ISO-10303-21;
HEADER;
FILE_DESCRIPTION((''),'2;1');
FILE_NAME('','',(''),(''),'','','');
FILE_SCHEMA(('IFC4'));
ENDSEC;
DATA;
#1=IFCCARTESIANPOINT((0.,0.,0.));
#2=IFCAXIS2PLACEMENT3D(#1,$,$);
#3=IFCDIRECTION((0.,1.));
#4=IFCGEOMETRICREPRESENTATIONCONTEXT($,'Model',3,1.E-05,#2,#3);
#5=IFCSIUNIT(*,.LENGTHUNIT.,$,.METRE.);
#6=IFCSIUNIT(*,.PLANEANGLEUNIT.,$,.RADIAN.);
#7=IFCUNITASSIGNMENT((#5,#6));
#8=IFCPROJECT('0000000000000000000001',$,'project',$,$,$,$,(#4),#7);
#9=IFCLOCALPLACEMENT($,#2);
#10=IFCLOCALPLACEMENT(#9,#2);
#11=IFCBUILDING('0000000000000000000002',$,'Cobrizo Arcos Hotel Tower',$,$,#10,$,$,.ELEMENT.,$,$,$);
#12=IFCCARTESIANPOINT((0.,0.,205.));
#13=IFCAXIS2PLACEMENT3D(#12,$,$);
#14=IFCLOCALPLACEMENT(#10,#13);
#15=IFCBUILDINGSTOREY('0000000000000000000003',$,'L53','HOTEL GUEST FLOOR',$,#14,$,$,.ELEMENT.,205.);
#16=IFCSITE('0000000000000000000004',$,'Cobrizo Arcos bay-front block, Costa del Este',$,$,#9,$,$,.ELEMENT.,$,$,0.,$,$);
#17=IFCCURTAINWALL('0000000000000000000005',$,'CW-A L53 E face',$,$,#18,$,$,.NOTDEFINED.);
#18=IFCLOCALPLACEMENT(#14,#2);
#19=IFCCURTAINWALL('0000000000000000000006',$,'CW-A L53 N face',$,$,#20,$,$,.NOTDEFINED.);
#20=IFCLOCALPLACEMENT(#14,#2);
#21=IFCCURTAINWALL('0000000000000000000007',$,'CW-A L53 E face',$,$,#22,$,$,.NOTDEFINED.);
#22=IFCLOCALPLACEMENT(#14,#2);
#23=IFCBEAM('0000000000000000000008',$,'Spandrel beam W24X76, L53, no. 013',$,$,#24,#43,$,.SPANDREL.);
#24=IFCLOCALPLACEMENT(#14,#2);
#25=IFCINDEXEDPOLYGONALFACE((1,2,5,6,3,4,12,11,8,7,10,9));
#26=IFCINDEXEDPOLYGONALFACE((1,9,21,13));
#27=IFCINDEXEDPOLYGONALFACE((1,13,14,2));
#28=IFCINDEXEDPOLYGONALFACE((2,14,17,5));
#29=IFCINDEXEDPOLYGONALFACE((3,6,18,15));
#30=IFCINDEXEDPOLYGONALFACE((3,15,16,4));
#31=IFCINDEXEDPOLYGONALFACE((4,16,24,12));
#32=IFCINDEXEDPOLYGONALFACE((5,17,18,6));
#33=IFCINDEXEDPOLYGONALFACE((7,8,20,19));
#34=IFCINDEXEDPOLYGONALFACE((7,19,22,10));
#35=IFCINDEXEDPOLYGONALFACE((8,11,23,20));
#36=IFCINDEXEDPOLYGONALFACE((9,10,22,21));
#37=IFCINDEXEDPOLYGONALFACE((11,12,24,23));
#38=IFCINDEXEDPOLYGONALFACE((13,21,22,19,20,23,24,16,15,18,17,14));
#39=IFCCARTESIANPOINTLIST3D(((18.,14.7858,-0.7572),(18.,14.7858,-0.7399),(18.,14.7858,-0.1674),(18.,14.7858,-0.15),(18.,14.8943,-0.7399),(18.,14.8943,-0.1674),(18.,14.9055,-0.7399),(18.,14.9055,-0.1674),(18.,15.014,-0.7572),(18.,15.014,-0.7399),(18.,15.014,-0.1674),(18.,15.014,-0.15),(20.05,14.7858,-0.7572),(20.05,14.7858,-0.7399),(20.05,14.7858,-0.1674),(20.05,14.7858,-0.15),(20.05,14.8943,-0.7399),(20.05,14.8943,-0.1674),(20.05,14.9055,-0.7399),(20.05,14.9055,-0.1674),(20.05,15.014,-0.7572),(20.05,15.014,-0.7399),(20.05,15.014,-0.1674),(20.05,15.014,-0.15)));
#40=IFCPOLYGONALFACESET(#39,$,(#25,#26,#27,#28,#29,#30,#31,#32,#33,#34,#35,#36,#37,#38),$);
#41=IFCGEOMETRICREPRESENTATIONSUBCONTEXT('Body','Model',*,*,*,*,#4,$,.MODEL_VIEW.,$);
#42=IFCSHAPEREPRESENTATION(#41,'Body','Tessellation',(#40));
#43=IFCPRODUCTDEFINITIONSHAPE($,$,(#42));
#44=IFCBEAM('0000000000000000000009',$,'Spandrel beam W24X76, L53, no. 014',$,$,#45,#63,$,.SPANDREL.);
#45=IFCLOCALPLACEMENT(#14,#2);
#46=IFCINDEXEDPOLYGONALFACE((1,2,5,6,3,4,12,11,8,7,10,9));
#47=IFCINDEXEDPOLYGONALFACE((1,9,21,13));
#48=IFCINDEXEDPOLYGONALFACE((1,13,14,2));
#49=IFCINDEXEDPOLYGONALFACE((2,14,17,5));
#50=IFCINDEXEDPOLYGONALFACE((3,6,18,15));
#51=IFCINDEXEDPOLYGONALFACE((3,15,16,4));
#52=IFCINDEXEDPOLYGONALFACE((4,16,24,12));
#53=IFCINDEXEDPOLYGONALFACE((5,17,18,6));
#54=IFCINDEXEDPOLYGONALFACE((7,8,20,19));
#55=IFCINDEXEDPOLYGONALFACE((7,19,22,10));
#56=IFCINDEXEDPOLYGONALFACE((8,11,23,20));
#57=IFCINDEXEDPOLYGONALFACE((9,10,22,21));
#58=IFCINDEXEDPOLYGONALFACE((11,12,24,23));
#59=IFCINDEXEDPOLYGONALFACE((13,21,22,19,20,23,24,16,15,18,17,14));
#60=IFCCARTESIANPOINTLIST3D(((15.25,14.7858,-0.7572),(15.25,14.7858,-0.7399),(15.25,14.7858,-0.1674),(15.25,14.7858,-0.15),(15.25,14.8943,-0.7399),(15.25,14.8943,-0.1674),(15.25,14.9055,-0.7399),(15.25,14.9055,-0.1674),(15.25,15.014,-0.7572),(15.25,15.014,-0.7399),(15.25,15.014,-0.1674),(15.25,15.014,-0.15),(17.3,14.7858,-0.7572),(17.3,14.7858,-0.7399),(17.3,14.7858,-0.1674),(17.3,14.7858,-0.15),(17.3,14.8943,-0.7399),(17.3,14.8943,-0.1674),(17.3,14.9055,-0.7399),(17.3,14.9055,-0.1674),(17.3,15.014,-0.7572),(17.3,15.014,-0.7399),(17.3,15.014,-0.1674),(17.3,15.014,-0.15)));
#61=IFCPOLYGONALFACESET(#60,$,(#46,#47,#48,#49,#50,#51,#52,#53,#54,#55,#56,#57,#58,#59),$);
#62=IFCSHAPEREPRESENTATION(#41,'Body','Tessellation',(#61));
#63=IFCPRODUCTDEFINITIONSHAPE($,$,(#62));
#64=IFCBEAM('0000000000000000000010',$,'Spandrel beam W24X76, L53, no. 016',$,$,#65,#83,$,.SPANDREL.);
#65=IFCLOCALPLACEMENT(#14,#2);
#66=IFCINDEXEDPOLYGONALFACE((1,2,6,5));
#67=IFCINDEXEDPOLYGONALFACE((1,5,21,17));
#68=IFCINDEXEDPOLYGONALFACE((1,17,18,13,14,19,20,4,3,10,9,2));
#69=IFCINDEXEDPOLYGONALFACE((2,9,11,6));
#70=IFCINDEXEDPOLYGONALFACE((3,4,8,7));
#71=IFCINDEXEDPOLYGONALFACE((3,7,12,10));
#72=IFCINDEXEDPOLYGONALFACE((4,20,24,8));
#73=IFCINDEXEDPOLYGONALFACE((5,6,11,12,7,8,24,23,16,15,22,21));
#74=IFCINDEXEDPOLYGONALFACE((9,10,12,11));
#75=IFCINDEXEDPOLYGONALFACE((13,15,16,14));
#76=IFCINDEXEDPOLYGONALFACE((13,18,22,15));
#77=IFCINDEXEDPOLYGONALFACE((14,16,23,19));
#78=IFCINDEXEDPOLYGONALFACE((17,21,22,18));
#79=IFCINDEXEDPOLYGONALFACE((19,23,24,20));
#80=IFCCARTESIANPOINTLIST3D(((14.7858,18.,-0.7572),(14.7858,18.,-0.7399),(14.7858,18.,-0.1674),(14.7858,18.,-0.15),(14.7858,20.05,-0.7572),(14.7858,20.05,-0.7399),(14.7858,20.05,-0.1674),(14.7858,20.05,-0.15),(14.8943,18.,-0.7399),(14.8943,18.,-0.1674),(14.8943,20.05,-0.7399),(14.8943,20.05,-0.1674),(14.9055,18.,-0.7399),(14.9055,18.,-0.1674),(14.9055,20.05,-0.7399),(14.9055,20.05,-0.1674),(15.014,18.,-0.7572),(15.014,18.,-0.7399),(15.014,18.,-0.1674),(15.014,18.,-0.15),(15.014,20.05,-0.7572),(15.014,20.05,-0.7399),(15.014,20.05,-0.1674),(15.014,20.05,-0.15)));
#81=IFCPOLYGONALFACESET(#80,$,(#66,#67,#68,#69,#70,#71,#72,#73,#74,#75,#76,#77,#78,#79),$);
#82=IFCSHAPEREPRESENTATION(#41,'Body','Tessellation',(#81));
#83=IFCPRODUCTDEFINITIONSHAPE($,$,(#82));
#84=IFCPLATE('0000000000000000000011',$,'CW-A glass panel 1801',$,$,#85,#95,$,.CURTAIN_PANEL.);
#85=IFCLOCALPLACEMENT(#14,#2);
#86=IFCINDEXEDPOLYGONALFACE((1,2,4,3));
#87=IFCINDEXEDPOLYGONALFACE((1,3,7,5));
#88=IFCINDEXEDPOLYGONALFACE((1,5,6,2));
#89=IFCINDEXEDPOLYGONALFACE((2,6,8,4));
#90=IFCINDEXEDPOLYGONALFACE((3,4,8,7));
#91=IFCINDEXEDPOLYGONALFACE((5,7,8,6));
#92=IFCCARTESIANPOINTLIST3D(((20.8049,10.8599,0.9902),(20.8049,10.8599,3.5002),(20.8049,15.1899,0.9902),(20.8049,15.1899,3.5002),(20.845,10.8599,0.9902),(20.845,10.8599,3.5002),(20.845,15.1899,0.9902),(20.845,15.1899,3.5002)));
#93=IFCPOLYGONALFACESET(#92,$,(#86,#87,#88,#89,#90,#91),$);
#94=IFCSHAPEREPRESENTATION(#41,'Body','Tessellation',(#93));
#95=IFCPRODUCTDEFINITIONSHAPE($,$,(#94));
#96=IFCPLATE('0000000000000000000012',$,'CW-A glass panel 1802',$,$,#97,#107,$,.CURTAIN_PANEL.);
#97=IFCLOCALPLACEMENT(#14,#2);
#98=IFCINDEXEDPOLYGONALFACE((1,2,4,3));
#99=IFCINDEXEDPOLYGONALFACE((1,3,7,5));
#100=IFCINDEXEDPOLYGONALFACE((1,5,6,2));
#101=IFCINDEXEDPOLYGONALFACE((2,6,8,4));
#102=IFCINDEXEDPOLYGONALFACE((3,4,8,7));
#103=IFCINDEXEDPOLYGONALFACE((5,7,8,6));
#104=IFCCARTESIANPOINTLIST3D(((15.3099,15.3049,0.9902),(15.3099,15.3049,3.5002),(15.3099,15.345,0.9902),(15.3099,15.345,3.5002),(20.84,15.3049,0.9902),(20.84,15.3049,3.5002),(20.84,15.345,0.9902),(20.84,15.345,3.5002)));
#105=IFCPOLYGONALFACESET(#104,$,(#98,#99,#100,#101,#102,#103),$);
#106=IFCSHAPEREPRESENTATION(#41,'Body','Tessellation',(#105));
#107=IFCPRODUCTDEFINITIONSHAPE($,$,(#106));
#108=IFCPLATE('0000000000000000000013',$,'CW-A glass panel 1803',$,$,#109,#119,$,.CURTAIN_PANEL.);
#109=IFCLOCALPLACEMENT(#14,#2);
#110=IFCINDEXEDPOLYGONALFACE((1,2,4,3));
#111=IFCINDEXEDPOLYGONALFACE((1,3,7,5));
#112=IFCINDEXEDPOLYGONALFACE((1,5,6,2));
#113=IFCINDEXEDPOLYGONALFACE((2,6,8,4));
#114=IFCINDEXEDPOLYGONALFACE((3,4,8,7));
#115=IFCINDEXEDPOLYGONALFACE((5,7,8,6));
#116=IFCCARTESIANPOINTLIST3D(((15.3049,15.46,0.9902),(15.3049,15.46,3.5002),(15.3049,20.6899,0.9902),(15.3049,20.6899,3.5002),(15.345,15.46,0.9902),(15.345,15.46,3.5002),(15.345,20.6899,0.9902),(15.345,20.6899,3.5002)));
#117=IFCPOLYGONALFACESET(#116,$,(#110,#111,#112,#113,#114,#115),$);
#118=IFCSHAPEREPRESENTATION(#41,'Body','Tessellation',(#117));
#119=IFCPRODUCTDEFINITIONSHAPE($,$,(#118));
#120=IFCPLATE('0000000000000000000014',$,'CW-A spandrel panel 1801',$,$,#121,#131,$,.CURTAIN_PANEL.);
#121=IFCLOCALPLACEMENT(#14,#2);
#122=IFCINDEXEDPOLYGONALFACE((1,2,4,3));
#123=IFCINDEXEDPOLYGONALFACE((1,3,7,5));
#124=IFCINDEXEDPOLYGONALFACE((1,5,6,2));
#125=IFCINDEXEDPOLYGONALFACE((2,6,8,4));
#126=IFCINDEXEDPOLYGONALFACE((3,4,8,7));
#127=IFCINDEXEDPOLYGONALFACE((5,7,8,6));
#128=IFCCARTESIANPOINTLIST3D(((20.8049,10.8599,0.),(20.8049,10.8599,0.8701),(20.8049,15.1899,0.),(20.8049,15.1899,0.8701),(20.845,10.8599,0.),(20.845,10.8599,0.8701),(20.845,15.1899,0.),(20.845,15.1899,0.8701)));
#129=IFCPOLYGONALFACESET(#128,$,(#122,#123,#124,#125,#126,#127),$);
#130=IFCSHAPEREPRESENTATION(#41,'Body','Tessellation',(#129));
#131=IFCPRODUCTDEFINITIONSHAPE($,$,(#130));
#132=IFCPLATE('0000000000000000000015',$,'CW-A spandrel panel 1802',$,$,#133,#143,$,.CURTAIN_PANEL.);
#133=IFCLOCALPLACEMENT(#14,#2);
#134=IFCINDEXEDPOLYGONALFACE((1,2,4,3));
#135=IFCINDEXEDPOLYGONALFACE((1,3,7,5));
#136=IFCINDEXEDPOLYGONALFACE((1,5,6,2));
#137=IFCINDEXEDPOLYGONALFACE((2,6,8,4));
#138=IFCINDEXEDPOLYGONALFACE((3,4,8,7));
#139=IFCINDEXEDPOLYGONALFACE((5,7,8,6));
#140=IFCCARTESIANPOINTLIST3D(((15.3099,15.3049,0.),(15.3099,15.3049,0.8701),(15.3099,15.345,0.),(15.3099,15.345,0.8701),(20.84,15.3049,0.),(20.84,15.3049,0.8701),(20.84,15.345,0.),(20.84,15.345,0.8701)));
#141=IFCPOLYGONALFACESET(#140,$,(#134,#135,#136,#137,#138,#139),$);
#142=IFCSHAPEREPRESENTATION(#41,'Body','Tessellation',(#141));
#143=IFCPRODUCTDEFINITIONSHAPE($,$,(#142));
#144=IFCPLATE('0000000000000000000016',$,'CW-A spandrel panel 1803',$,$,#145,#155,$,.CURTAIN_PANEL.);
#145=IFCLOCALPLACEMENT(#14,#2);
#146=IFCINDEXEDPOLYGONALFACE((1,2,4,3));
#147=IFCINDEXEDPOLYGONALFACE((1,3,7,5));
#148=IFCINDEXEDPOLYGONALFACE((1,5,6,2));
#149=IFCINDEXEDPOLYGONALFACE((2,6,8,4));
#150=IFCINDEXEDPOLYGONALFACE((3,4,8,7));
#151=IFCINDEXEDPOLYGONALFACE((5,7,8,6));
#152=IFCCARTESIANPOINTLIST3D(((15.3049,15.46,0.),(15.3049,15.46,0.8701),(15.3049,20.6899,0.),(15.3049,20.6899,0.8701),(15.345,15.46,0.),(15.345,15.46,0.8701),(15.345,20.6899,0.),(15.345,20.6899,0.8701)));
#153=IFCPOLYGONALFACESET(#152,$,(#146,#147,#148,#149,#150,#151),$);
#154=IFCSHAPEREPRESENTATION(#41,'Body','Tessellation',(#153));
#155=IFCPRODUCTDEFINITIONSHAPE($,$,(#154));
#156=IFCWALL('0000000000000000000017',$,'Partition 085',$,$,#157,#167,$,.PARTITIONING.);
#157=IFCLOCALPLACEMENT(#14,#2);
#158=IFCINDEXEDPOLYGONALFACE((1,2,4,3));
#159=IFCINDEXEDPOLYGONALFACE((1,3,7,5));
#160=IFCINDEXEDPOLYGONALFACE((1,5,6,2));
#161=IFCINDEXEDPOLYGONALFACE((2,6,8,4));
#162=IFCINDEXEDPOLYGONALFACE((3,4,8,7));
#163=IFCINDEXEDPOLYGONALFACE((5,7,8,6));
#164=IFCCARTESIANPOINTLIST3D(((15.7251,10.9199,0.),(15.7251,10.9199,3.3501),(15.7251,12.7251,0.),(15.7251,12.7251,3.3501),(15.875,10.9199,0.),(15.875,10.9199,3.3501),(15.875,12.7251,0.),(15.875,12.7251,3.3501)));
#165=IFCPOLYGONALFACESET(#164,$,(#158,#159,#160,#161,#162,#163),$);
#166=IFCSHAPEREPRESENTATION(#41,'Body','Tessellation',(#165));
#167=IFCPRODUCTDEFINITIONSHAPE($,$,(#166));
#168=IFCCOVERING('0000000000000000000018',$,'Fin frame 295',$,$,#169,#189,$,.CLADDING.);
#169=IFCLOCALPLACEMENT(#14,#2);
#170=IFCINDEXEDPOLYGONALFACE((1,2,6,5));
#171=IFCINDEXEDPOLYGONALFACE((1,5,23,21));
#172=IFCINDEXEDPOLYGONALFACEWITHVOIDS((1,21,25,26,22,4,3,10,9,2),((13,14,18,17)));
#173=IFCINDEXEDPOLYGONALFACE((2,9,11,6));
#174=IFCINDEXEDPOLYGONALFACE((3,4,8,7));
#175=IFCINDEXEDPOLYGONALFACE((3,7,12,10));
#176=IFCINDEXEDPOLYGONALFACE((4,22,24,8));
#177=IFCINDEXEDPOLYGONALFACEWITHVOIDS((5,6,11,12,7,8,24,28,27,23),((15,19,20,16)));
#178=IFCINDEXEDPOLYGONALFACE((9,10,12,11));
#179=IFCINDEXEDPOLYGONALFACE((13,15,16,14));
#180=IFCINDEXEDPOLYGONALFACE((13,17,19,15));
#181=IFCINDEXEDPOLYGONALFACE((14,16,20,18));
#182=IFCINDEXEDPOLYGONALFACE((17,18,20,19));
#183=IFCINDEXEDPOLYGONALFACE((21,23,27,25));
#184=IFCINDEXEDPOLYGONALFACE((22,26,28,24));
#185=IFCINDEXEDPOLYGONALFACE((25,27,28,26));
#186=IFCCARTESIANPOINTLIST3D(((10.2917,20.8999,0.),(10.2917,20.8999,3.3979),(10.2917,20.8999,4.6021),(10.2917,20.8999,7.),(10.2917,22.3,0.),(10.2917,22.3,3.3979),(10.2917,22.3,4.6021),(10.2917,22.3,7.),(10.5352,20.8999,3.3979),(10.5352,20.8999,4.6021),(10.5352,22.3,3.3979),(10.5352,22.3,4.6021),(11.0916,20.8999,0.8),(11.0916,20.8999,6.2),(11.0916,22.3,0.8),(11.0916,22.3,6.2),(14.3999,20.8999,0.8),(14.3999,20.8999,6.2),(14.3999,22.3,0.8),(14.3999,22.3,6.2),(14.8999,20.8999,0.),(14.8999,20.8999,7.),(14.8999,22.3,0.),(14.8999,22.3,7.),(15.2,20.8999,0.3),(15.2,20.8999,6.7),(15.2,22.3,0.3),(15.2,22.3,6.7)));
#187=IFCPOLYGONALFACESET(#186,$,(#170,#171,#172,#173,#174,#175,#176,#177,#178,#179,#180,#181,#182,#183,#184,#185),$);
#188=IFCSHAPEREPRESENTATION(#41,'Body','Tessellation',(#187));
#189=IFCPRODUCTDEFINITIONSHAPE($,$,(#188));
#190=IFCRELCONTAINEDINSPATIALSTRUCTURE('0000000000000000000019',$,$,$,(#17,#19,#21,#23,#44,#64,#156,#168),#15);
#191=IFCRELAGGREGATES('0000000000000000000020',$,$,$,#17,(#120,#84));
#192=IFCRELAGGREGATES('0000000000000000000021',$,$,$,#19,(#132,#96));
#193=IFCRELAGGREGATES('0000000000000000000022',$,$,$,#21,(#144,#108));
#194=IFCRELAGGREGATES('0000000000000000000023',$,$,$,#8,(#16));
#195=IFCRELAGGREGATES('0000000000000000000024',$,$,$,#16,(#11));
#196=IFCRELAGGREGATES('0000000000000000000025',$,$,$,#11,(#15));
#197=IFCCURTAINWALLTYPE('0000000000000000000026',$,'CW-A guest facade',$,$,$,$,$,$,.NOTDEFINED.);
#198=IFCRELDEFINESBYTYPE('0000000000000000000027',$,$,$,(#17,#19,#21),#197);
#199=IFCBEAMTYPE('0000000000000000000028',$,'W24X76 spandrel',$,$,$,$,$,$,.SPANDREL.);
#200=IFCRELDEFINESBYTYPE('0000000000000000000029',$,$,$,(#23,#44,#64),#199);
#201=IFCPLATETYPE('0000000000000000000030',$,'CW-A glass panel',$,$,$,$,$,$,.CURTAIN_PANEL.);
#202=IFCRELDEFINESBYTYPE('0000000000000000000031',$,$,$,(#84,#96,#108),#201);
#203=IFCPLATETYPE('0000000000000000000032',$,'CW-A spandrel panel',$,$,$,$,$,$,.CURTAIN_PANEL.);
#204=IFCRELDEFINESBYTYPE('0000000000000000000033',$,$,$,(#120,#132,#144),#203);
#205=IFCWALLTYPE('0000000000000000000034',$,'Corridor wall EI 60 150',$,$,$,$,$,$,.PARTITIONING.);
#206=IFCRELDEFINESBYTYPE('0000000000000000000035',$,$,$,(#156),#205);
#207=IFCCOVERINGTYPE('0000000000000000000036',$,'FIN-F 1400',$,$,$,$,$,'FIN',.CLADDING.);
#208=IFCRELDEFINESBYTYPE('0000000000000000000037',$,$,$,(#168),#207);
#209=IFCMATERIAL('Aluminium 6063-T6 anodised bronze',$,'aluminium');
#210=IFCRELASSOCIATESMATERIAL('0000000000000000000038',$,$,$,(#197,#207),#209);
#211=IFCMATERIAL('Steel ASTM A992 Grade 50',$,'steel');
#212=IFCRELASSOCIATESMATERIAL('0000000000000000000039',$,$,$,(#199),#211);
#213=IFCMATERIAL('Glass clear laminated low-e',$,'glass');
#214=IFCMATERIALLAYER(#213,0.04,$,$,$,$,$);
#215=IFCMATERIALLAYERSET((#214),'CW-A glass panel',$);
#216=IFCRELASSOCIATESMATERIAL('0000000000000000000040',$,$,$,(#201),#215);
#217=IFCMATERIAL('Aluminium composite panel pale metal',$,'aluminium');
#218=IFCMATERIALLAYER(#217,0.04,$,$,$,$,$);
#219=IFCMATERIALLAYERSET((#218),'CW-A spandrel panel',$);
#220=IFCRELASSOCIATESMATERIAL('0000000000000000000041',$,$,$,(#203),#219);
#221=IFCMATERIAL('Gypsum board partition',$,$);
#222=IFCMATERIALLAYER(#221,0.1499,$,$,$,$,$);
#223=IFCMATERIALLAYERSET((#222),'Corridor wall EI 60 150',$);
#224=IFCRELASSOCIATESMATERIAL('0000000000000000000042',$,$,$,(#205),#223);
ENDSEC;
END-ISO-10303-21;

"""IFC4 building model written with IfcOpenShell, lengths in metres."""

from ifc_helpers import new_model, si_unit, direction, frame, frame_2d, origin, origin_2d, place, context, subcontext, project, spatial, polyline, rectangle, i_section, outline, extrude, material, layer, layer_set, material_profile, profile_set, type_object, element, aggregate, save


model = new_model("IFC4")

# Units and contexts
model_context = context("Model", 3, precision=1e-05, world=origin(), true_north=direction((0.0, 1.0)))
body_context = subcontext(model_context, "Body", "Model", "MODEL_VIEW")
ifc_project = project(units=[si_unit("LENGTHUNIT", "METRE"), si_unit("PLANEANGLEUNIT", "RADIAN")], contexts=[model_context])

# Site, building, storey
site_placement = place(None, origin())
site = spatial("IfcSite", under=ifc_project, at=site_placement, Name="Cobrizo Arcos bay-front block, Costa del Este", CompositionType="ELEMENT", RefElevation=0.0)
building_placement = place(site_placement, origin())
building = spatial("IfcBuilding", under=site, at=building_placement, Name="Cobrizo Arcos Hotel Tower", CompositionType="ELEMENT")
storey_placement = place(building_placement, frame((0.0, 0.0, 205.0)))
storey = spatial("IfcBuildingStorey", under=building, at=storey_placement, Name="L53", Description="HOTEL GUEST FLOOR", CompositionType="ELEMENT", Elevation=205.0)

# Curtain wall
ifc_material_1 = material(Name="Aluminium 6063-T6 anodised bronze", Category="aluminium")
curtain_wall_type = type_object("IfcCurtainWallType", Name="CW-A guest facade", PredefinedType="NOTDEFINED", material=ifc_material_1)
curtain_wall_1_placement = place(storey_placement, origin())
curtain_wall_1 = element("IfcCurtainWall", 1, at=curtain_wall_1_placement, inside=storey, type_object=curtain_wall_type, Name="CW-A L53 E face", PredefinedType="NOTDEFINED")

# Curtain walls
curtain_wall_2_placement = place(storey_placement, origin())
curtain_wall_2 = element("IfcCurtainWall", 2, at=curtain_wall_2_placement, inside=storey, type_object=curtain_wall_type, Name="CW-A L53 N face", PredefinedType="NOTDEFINED")
curtain_wall_3_placement = place(storey_placement, origin())
curtain_wall_3 = element("IfcCurtainWall", 3, at=curtain_wall_3_placement, inside=storey, type_object=curtain_wall_type, Name="CW-A L53 E face", PredefinedType="NOTDEFINED")

# Beams
ifc_material_2 = material(Name="Steel ASTM A992 Grade 50", Category="steel")
ifc_material_profile_1 = material_profile(ifc_material_2, i_section(OverallWidth=0.2283, OverallDepth=0.6072, WebThickness=0.0112, FlangeThickness=0.0173, at=origin_2d()), Name="W24X76")
ifc_profile_set_1 = profile_set([ifc_material_profile_1], Name="Steel ASTM A992 Grade 50")
beam_type = type_object("IfcBeamType", Name="W24X76 spandrel", PredefinedType="SPANDREL", material=ifc_profile_set_1)
for number, where, z_axis, x_axis, name in (
    (4, (20.05, 14.8999, -0.4536), (-1.0, 0.0, 0.0), (0.0, -1.0, 0.0), "Spandrel beam W24X76, L53, no. 013"),
    (5, (17.3, 14.8999, -0.4536), (-1.0, 0.0, 0.0), (0.0, -1.0, 0.0), "Spandrel beam W24X76, L53, no. 014"),
    (6, (14.8999, 18.0, -0.4536), (0.0, 1.0, 0.0), (-1.0, 0.0, 0.0), "Spandrel beam W24X76, L53, no. 016"),
):
    element("IfcBeam", number, at=place(storey_placement, frame(where, z_axis=z_axis, x_axis=x_axis)), inside=storey, type_object=beam_type, Name=name, PredefinedType="SPANDREL", context=body_context, shape_type="SweptSolid", body=[
        extrude(i_section(OverallWidth=0.2283, OverallDepth=0.6072, WebThickness=0.0112, FlangeThickness=0.0173, at=origin_2d()), origin(), (0.0, 0.0, 1.0), 2.05),
    ])

# Plates
ifc_material_3 = material(Name="Glass clear laminated low-e", Category="glass")
ifc_layer_1 = layer(ifc_material_3, 0.04)
ifc_layer_set_1 = layer_set([ifc_layer_1], Name="CW-A glass panel")
plate_type_1 = type_object("IfcPlateType", Name="CW-A glass panel", PredefinedType="CURTAIN_PANEL", material=ifc_layer_set_1)
plate_1_placement = place(storey_placement, frame((20.825, 13.0249, 0.9902), z_axis=(0.0, 0.0, 1.0), x_axis=(0.0, 1.0, 0.0)))
plate_1 = element("IfcPlate", 7, at=plate_1_placement, type_object=plate_type_1, Name="CW-A glass panel 1801", PredefinedType="CURTAIN_PANEL", context=body_context, shape_type="SweptSolid", body=[
    extrude(rectangle(XDim=4.3301, YDim=0.04, at=origin_2d()), origin(), (0.0, 0.0, 1.0), 2.51),
])
plate_2_placement = place(storey_placement, frame((18.075, 15.325, 0.9902), z_axis=(0.0, 0.0, 1.0), x_axis=(-1.0, 0.0, 0.0)))
plate_2 = element("IfcPlate", 8, at=plate_2_placement, type_object=plate_type_1, Name="CW-A glass panel 1802", PredefinedType="CURTAIN_PANEL", context=body_context, shape_type="SweptSolid", body=[
    extrude(rectangle(XDim=5.53, YDim=0.04, at=origin_2d()), origin(), (0.0, 0.0, 1.0), 2.51),
])
plate_3_placement = place(storey_placement, frame((15.325, 18.075, 0.9902), z_axis=(0.0, 0.0, 1.0), x_axis=(0.0, 1.0, 0.0)))
plate_3 = element("IfcPlate", 9, at=plate_3_placement, type_object=plate_type_1, Name="CW-A glass panel 1803", PredefinedType="CURTAIN_PANEL", context=body_context, shape_type="SweptSolid", body=[
    extrude(rectangle(XDim=5.23, YDim=0.04, at=origin_2d()), origin(), (0.0, 0.0, 1.0), 2.51),
])
ifc_material_4 = material(Name="Aluminium composite panel pale metal", Category="aluminium")
ifc_layer_2 = layer(ifc_material_4, 0.04)
ifc_layer_set_2 = layer_set([ifc_layer_2], Name="CW-A spandrel panel")
plate_type_2 = type_object("IfcPlateType", Name="CW-A spandrel panel", PredefinedType="CURTAIN_PANEL", material=ifc_layer_set_2)
plate_4_placement = place(storey_placement, frame((20.825, 13.0249, 0.0), z_axis=(0.0, 0.0, 1.0), x_axis=(0.0, 1.0, 0.0)))
plate_4 = element("IfcPlate", 10, at=plate_4_placement, type_object=plate_type_2, Name="CW-A spandrel panel 1801", PredefinedType="CURTAIN_PANEL", context=body_context, shape_type="SweptSolid", body=[
    extrude(rectangle(XDim=4.3301, YDim=0.04, at=origin_2d()), origin(), (0.0, 0.0, 1.0), 0.8701),
])
aggregate(curtain_wall_1, [plate_4, plate_1])
plate_5_placement = place(storey_placement, frame((18.075, 15.325, 0.0), z_axis=(0.0, 0.0, 1.0), x_axis=(-1.0, 0.0, 0.0)))
plate_5 = element("IfcPlate", 11, at=plate_5_placement, type_object=plate_type_2, Name="CW-A spandrel panel 1802", PredefinedType="CURTAIN_PANEL", context=body_context, shape_type="SweptSolid", body=[
    extrude(rectangle(XDim=5.53, YDim=0.04, at=origin_2d()), origin(), (0.0, 0.0, 1.0), 0.8701),
])
aggregate(curtain_wall_2, [plate_5, plate_2])
plate_6_placement = place(storey_placement, frame((15.325, 18.075, 0.0), z_axis=(0.0, 0.0, 1.0), x_axis=(0.0, 1.0, 0.0)))
plate_6 = element("IfcPlate", 12, at=plate_6_placement, type_object=plate_type_2, Name="CW-A spandrel panel 1803", PredefinedType="CURTAIN_PANEL", context=body_context, shape_type="SweptSolid", body=[
    extrude(rectangle(XDim=5.23, YDim=0.04, at=origin_2d()), origin(), (0.0, 0.0, 1.0), 0.8701),
])
aggregate(curtain_wall_3, [plate_6, plate_3])

# Wall
ifc_material_5 = material(Name="Gypsum board partition")
ifc_layer_3 = layer(ifc_material_5, 0.1499)
ifc_layer_set_3 = layer_set([ifc_layer_3], Name="Corridor wall EI 60 150")
wall_type = type_object("IfcWallType", Name="Corridor wall EI 60 150", PredefinedType="PARTITIONING", material=ifc_layer_set_3)
wall_placement = place(storey_placement, frame((15.8, 10.9199, 0.0), z_axis=(0.0, 0.0, 1.0), x_axis=(0.0, 1.0, 0.0)))
element("IfcWall", 13, at=wall_placement, inside=storey, type_object=wall_type, Name="Partition 085", PredefinedType="PARTITIONING", context=body_context, shape_type="SweptSolid", body=[
    extrude(rectangle(XDim=1.8052, YDim=0.1499, at=frame_2d((0.9026, 0.0))), origin(), (0.0, 0.0, 1.0), 3.3501),
])

# Covering
covering_type = type_object("IfcCoveringType", Name="FIN-F 1400", ElementType="FIN", PredefinedType="CLADDING", material=ifc_material_1)
covering_placement = place(storey_placement, frame((15.2, 20.8999, 0.0), z_axis=(0.0, 1.0, 0.0), x_axis=(-1.0, 0.0, 0.0)))
element("IfcCovering", 14, at=covering_placement, inside=storey, type_object=covering_type, Name="Fin frame 295", PredefinedType="CLADDING", context=body_context, shape_type="SweptSolid", body=[
    extrude(outline(polyline([(4.9082, 0.0), (4.9082, 3.3979), (4.6648, 3.3979), (4.6648, 4.6021), (4.9082, 4.6021), (4.9082, 7.0), (0.3, 7.0), (0.0, 6.7), (0.0, 0.3), (0.3, 0.0), (4.9082, 0.0)]), holes=[polyline([(4.1084, 0.8), (0.8, 0.8), (0.8, 6.2), (4.1084, 6.2), (4.1084, 0.8)])]), origin(), (0.0, 0.0, 1.0), 1.4001),
])

save(model, "model.ifc")
